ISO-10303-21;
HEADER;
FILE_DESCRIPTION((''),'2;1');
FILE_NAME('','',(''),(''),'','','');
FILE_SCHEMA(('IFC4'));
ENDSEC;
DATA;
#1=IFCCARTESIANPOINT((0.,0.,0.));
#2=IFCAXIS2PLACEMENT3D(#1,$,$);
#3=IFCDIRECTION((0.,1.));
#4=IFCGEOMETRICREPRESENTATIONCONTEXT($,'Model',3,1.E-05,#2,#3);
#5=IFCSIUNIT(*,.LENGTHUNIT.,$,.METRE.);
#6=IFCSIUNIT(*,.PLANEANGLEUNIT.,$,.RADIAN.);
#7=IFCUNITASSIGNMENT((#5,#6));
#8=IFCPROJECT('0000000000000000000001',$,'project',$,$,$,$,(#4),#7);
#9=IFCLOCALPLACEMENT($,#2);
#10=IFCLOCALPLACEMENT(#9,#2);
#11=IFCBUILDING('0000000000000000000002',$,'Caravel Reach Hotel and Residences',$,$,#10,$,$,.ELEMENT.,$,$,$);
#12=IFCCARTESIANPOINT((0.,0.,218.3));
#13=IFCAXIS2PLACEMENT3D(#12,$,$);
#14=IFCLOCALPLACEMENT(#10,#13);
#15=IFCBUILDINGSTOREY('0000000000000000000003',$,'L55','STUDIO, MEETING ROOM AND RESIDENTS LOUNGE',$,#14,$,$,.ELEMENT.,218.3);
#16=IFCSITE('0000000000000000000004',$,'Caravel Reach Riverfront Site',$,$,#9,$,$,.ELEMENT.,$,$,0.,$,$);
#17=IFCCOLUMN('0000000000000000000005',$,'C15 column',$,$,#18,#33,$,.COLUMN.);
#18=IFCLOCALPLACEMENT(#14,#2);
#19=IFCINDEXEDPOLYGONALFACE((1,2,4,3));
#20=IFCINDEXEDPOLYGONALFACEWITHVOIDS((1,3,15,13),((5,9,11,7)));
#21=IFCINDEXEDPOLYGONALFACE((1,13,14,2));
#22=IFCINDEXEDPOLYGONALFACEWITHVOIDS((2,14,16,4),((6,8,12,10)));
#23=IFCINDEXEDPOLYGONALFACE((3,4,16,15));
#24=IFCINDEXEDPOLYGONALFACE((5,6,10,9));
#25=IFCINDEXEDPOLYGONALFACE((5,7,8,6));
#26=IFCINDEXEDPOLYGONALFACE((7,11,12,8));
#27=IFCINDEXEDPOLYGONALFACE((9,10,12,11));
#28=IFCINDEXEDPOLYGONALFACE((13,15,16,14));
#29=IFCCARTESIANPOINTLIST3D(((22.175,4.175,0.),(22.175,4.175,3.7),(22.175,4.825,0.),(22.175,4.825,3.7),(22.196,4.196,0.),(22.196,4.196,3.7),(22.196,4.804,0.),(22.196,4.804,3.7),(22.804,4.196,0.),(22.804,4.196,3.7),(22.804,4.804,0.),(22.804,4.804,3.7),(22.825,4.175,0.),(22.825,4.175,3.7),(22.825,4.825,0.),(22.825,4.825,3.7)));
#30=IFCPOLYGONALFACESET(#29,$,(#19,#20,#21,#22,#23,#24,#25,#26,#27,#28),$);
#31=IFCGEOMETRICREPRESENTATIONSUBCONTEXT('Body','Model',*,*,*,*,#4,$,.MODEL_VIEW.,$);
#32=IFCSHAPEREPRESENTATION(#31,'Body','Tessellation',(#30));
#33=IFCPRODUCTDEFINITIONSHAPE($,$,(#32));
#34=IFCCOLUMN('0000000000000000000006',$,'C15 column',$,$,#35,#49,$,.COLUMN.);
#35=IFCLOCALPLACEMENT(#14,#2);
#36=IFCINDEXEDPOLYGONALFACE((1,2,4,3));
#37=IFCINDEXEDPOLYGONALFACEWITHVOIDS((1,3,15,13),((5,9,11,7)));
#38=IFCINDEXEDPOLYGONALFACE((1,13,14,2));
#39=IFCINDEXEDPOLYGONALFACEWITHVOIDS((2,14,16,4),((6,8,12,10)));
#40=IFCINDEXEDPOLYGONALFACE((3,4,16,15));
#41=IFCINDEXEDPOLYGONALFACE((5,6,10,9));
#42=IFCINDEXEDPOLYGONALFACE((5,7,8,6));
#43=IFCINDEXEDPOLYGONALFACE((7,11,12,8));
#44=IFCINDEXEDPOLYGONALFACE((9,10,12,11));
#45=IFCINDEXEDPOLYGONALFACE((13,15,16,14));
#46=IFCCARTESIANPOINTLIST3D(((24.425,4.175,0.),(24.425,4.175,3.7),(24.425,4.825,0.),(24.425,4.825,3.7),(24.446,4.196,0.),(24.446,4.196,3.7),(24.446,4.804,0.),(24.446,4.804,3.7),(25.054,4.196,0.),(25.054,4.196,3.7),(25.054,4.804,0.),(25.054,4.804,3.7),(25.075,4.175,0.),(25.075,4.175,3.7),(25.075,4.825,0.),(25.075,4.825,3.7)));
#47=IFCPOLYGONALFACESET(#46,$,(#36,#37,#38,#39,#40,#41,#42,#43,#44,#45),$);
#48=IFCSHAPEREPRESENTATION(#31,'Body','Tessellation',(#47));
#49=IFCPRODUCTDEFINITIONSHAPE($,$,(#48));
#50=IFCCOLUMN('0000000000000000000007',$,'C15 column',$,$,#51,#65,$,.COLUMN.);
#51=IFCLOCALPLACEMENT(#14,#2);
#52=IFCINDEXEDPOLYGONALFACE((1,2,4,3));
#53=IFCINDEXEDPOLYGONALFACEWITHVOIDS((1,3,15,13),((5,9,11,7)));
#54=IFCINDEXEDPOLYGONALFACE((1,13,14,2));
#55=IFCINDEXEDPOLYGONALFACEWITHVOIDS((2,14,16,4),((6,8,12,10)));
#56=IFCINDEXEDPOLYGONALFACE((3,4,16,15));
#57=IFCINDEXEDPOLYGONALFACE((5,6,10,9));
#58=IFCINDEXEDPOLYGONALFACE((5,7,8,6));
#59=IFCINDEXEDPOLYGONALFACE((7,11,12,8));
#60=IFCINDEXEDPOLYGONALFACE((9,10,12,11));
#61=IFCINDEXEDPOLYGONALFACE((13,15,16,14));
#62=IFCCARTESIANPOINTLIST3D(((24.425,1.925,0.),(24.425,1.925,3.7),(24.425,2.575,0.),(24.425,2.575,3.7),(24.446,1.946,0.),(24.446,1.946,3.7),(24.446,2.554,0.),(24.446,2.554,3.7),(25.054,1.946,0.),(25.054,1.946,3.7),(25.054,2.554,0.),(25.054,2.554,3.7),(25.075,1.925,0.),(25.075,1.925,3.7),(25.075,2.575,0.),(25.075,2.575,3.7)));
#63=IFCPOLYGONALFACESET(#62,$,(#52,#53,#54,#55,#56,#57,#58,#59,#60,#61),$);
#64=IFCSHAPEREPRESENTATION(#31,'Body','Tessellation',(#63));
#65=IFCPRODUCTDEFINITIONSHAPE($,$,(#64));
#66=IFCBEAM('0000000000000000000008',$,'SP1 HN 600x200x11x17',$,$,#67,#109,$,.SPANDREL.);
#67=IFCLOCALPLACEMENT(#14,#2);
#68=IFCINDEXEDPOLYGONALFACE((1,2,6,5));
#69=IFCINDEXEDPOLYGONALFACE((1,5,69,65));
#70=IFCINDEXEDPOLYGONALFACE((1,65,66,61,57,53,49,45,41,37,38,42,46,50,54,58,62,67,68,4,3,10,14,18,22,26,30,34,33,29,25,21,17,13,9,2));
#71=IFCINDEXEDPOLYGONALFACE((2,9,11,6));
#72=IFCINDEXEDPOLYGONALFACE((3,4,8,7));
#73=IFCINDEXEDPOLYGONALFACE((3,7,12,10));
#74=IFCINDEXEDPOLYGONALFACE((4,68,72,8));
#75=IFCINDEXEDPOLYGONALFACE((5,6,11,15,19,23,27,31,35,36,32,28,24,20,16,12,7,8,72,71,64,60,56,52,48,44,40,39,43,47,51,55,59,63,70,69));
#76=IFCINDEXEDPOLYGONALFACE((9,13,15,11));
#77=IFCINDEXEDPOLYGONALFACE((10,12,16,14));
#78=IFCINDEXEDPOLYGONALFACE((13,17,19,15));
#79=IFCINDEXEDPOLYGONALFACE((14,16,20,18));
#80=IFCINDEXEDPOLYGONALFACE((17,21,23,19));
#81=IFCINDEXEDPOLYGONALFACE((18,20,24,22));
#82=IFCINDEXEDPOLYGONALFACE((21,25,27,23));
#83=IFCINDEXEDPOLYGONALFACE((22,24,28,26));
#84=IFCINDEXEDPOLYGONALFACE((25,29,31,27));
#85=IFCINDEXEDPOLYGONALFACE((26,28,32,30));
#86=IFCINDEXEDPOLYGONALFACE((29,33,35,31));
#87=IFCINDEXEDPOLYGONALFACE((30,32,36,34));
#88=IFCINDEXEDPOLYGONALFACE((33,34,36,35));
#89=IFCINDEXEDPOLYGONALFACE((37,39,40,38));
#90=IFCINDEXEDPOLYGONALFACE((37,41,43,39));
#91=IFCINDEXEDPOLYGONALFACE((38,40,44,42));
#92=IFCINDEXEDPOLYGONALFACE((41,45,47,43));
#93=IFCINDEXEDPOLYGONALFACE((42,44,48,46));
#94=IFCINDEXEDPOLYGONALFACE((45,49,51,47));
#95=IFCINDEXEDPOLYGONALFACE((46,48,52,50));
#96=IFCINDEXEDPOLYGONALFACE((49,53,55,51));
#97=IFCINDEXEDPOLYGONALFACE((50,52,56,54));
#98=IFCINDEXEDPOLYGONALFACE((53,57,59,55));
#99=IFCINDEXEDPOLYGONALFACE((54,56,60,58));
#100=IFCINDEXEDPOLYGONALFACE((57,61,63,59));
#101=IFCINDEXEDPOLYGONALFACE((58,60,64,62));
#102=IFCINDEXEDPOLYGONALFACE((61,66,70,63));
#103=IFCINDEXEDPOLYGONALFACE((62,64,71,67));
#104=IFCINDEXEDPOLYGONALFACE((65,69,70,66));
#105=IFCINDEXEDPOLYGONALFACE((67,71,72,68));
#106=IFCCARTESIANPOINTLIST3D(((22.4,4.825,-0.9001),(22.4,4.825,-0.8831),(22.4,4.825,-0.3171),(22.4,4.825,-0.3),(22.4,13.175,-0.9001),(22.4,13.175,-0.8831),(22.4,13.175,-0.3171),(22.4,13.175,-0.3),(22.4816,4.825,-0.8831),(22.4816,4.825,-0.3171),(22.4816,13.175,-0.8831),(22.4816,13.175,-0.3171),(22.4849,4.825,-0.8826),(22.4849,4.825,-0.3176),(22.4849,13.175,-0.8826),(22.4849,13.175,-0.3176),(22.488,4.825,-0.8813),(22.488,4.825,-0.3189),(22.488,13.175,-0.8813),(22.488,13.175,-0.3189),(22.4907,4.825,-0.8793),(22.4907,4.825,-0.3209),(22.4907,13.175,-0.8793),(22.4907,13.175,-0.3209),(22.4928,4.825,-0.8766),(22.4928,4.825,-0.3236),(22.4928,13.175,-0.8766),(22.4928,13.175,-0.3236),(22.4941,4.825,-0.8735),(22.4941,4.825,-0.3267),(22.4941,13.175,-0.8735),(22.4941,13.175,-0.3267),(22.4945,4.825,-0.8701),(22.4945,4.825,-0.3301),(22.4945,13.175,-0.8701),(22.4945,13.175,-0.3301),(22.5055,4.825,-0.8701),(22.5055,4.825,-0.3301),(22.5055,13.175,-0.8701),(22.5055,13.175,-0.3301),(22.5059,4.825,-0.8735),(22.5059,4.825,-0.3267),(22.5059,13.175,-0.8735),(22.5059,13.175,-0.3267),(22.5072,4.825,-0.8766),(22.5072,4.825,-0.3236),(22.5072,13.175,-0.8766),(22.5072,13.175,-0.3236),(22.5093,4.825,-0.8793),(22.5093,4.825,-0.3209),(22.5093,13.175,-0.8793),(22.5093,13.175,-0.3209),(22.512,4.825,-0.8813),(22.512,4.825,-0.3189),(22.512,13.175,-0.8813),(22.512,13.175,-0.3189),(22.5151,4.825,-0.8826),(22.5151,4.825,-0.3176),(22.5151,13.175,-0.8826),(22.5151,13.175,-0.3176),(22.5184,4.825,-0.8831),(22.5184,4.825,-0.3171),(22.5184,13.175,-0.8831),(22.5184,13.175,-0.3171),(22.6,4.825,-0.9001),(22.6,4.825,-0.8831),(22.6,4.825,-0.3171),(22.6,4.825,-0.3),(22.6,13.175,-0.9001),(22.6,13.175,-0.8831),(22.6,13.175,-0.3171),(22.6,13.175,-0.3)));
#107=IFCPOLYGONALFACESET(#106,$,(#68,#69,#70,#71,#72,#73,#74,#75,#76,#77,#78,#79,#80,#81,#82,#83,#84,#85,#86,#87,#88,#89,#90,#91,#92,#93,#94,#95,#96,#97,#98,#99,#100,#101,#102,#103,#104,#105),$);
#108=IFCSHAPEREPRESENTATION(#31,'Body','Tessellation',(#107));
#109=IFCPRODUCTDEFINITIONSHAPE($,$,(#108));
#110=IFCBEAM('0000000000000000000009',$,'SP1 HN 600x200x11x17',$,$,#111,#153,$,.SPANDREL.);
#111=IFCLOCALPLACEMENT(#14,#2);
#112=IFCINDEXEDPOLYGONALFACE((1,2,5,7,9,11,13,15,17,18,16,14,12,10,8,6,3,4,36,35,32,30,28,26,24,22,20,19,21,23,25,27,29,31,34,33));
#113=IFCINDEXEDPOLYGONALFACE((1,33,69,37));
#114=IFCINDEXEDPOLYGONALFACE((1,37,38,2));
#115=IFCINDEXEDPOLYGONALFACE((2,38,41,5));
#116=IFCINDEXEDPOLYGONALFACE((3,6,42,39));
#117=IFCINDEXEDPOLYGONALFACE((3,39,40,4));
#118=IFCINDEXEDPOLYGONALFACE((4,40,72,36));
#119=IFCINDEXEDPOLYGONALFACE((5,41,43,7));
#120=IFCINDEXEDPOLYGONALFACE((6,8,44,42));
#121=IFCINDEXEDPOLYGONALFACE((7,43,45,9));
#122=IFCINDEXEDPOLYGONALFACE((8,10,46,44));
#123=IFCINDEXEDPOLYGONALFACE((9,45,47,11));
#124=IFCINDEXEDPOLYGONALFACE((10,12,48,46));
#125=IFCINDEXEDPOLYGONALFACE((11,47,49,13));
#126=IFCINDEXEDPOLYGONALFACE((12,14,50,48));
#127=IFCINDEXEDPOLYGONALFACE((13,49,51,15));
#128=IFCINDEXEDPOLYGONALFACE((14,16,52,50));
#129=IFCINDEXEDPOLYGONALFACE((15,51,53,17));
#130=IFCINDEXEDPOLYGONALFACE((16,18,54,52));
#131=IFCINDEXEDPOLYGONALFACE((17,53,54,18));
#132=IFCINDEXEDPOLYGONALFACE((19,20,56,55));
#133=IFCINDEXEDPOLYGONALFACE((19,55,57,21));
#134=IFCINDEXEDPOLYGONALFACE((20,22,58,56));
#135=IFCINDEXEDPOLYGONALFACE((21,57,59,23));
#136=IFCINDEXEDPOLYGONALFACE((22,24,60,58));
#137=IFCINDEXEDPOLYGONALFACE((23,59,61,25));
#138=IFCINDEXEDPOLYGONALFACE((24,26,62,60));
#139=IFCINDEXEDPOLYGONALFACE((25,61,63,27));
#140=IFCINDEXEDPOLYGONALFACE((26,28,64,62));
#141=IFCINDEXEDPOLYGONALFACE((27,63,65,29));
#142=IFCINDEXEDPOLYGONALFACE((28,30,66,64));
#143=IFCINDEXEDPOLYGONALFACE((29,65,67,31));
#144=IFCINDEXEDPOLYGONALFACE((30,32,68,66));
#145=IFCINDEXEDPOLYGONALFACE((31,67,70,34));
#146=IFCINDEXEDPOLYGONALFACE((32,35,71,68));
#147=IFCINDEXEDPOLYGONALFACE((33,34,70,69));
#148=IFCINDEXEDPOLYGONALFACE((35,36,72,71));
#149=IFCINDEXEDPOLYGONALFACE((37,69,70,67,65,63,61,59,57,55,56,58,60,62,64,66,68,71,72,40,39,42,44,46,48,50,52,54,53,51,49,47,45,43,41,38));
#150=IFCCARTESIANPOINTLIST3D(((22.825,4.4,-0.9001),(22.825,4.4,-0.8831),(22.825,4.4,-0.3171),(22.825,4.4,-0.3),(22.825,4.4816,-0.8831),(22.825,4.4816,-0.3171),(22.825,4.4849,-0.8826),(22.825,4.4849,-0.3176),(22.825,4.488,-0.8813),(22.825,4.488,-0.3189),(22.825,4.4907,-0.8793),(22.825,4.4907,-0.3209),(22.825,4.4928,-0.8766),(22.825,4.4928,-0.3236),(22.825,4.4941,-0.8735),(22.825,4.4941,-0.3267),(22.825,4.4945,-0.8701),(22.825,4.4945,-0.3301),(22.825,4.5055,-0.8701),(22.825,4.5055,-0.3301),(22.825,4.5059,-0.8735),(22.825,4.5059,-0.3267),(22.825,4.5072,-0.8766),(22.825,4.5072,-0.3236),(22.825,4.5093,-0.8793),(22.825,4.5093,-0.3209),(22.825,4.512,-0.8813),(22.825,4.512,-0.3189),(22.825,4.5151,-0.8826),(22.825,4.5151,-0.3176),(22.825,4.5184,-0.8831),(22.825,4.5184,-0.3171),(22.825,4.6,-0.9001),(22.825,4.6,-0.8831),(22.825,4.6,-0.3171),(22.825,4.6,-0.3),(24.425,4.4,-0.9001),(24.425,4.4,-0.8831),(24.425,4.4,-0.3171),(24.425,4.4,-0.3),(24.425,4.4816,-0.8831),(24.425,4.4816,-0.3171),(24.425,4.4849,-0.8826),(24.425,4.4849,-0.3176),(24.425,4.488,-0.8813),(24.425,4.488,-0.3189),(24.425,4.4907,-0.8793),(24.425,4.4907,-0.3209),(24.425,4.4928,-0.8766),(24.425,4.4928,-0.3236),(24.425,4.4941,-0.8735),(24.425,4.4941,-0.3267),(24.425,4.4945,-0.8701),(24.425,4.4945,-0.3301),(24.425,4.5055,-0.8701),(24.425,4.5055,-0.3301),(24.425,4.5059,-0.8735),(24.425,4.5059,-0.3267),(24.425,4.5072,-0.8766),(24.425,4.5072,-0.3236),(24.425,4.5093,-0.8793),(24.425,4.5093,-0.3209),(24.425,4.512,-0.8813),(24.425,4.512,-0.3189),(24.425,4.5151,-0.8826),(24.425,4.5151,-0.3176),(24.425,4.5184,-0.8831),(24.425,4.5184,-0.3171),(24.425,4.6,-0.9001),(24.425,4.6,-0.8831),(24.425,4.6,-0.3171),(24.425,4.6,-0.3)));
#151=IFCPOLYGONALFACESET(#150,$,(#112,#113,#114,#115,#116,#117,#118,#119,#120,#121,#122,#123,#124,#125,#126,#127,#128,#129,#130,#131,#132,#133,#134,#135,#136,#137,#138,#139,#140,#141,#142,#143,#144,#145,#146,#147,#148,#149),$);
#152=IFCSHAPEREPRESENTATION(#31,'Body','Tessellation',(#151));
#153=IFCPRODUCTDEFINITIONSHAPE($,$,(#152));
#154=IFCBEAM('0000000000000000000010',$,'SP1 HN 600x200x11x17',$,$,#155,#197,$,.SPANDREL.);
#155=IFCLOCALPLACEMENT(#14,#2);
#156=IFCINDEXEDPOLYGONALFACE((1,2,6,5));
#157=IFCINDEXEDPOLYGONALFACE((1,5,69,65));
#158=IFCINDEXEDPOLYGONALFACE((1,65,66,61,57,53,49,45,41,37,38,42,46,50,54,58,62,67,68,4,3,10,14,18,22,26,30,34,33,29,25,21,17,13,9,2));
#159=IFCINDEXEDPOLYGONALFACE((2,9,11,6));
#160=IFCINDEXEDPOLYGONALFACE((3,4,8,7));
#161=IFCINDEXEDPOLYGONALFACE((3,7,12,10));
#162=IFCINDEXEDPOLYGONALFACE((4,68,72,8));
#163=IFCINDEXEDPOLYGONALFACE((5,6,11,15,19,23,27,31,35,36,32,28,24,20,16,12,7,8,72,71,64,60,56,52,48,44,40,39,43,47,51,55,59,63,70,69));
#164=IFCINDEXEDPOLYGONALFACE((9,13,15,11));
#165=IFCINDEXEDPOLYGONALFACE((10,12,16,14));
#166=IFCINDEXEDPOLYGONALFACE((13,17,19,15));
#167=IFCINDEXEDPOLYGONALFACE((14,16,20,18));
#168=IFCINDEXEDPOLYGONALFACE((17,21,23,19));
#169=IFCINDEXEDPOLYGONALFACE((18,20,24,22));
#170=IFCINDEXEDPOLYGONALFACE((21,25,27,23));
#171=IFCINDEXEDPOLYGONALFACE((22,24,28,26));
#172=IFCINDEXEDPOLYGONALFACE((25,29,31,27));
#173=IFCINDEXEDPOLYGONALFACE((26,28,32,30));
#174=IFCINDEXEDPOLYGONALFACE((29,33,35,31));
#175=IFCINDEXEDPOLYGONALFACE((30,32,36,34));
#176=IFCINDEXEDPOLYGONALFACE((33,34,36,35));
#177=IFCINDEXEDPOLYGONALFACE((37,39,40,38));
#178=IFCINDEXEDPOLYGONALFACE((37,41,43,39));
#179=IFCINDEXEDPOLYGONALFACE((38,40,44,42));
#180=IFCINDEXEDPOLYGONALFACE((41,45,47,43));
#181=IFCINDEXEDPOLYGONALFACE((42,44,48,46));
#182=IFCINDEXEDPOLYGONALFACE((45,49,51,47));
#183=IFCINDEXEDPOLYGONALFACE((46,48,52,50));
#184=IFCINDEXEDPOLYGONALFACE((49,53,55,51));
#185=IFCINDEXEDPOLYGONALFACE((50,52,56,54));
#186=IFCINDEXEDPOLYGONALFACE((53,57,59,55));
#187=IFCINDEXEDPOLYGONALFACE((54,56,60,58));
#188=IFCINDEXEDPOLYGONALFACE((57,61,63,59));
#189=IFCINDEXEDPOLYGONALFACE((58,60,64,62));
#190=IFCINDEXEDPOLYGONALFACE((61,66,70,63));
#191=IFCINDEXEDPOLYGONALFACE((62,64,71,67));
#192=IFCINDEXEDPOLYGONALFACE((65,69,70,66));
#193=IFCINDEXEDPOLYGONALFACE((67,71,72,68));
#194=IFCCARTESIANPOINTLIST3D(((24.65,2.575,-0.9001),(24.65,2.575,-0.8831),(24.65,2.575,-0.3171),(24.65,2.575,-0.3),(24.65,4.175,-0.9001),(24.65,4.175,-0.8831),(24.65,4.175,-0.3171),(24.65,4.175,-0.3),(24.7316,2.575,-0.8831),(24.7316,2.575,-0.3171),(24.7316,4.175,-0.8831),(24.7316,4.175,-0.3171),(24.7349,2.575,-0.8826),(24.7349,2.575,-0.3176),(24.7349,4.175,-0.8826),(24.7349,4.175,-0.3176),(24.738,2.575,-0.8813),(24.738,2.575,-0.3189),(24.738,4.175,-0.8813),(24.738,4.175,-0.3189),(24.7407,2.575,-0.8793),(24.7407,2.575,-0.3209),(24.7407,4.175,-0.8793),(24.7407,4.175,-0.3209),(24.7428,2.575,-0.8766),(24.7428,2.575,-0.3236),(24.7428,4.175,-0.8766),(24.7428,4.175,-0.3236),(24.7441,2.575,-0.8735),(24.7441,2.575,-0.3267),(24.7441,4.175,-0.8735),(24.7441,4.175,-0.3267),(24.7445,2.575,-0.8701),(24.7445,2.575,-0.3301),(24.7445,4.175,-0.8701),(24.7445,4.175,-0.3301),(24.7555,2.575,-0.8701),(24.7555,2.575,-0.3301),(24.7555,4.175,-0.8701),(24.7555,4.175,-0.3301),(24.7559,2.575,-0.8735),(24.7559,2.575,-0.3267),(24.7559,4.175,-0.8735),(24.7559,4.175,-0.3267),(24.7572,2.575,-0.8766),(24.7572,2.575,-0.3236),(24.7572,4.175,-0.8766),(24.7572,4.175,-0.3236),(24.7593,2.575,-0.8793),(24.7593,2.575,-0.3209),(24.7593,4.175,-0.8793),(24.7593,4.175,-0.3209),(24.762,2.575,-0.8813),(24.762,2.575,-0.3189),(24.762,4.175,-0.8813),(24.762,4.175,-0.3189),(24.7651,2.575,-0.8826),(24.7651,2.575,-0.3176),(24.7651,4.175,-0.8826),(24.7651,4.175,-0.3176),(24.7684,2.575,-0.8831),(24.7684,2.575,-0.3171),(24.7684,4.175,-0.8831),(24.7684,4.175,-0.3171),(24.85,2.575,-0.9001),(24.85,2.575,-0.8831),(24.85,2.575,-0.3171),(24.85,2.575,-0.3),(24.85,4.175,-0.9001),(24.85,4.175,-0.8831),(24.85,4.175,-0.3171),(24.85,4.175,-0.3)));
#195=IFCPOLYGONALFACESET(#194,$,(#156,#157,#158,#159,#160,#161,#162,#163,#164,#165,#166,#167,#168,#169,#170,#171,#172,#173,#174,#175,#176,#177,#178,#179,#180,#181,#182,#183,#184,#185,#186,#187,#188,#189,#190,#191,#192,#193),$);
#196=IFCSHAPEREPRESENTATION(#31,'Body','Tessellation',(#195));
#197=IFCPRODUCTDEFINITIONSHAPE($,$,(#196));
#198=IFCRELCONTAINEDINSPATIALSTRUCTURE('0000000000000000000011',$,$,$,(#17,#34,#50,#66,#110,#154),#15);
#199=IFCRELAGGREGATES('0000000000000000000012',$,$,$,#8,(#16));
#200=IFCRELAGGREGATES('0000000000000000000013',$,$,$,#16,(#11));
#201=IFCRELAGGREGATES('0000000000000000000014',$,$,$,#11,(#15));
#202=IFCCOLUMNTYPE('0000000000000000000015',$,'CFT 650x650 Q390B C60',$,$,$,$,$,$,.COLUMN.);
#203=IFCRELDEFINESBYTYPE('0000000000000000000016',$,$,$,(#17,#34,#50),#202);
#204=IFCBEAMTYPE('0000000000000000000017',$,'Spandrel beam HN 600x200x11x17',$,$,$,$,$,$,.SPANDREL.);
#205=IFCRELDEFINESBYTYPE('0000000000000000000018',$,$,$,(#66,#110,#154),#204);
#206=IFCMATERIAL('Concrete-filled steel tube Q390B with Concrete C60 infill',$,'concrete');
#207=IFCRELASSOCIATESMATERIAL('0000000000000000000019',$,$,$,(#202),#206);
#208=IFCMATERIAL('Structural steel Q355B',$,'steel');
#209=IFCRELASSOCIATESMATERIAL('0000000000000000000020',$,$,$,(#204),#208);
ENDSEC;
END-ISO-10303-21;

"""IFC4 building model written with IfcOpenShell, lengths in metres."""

from ifc_helpers import new_model, si_unit, direction, frame, origin, origin_2d, place, context, subcontext, project, spatial, hollow_rectangle, i_section, extrude, material, material_profile, profile_set, type_object, element, save


model = new_model("IFC4")

# Units and contexts
model_context = context("Model", 3, precision=1e-05, world=origin(), true_north=direction((0.0, 1.0)))
body_context = subcontext(model_context, "Body", "Model", "MODEL_VIEW")
ifc_project = project(units=[si_unit("LENGTHUNIT", "METRE"), si_unit("PLANEANGLEUNIT", "RADIAN")], contexts=[model_context])

# Site, building, storey
site_placement = place(None, origin())
site = spatial("IfcSite", under=ifc_project, at=site_placement, Name="Caravel Reach Riverfront Site", CompositionType="ELEMENT", RefElevation=0.0)
building_placement = place(site_placement, origin())
building = spatial("IfcBuilding", under=site, at=building_placement, Name="Caravel Reach Hotel and Residences", CompositionType="ELEMENT")
storey_placement = place(building_placement, frame((0.0, 0.0, 218.3)))
storey = spatial("IfcBuildingStorey", under=building, at=storey_placement, Name="L55", Description="STUDIO, MEETING ROOM AND RESIDENTS LOUNGE", CompositionType="ELEMENT", Elevation=218.3)

# Columns
ifc_material_1 = material(Name="Concrete-filled steel tube Q390B with Concrete C60 infill", Category="concrete")
ifc_material_profile_1 = material_profile(ifc_material_1, hollow_rectangle(XDim=0.6499, YDim=0.6499, WallThickness=0.021, at=origin_2d()), Name="RHS 650x650x21")
ifc_profile_set_1 = profile_set([ifc_material_profile_1], Name="Concrete-filled steel tube Q390B with Concrete C60 infill")
column_type = type_object("IfcColumnType", Name="CFT 650x650 Q390B C60", PredefinedType="COLUMN", material=ifc_profile_set_1)
for number, where, z_axis, x_axis, name in (
    (1, (22.5, 4.5, 0.0), (0.0, 0.0, 1.0), (1.0, 0.0, 0.0), "C15 column"),
    (2, (24.75, 4.5, 0.0), (0.0, 0.0, 1.0), (1.0, 0.0, 0.0), "C15 column"),
    (3, (24.75, 2.25, 0.0), (0.0, 0.0, 1.0), (1.0, 0.0, 0.0), "C15 column"),
):
    element("IfcColumn", number, at=place(storey_placement, frame(where, z_axis=z_axis, x_axis=x_axis)), inside=storey, type_object=column_type, Name=name, PredefinedType="COLUMN", context=body_context, shape_type="SweptSolid", body=[
        extrude(hollow_rectangle(XDim=0.6499, YDim=0.6499, WallThickness=0.021, at=origin_2d()), origin(), (0.0, 0.0, 1.0), 3.7),
    ])

# Beams
ifc_material_2 = material(Name="Structural steel Q355B", Category="steel")
ifc_material_profile_2 = material_profile(ifc_material_2, i_section(OverallWidth=0.2, OverallDepth=0.6001, WebThickness=0.011, FlangeThickness=0.0171, FilletRadius=0.0129, at=origin_2d()), Name="HN 600x200x11x17")
ifc_profile_set_2 = profile_set([ifc_material_profile_2], Name="Structural steel Q355B")
beam_type = type_object("IfcBeamType", Name="Spandrel beam HN 600x200x11x17", PredefinedType="SPANDREL", material=ifc_profile_set_2)
beam_placement = place(storey_placement, frame((22.5, 13.175, -0.6001), z_axis=(0.0, -1.0, 0.0), x_axis=(1.0, 0.0, 0.0)))
element("IfcBeam", 4, at=beam_placement, inside=storey, type_object=beam_type, Name="SP1 HN 600x200x11x17", PredefinedType="SPANDREL", context=body_context, shape_type="SweptSolid", body=[
    extrude(i_section(OverallWidth=0.2, OverallDepth=0.6001, WebThickness=0.011, FlangeThickness=0.0171, FilletRadius=0.0129, at=origin_2d()), origin(), (0.0, 0.0, 1.0), 8.3501),
])
for number, where, z_axis, x_axis, name in (
    (5, (22.825, 4.5, -0.6001), (1.0, 0.0, 0.0), (0.0, 1.0, 0.0), "SP1 HN 600x200x11x17"),
    (6, (24.75, 4.175, -0.6001), (0.0, -1.0, 0.0), (1.0, 0.0, 0.0), "SP1 HN 600x200x11x17"),
):
    element("IfcBeam", number, at=place(storey_placement, frame(where, z_axis=z_axis, x_axis=x_axis)), inside=storey, type_object=beam_type, Name=name, PredefinedType="SPANDREL", context=body_context, shape_type="SweptSolid", body=[
        extrude(i_section(OverallWidth=0.2, OverallDepth=0.6001, WebThickness=0.011, FlangeThickness=0.0171, FilletRadius=0.0129, at=origin_2d()), origin(), (0.0, 0.0, 1.0), 1.6001),
    ])

save(model, "model.ifc")
